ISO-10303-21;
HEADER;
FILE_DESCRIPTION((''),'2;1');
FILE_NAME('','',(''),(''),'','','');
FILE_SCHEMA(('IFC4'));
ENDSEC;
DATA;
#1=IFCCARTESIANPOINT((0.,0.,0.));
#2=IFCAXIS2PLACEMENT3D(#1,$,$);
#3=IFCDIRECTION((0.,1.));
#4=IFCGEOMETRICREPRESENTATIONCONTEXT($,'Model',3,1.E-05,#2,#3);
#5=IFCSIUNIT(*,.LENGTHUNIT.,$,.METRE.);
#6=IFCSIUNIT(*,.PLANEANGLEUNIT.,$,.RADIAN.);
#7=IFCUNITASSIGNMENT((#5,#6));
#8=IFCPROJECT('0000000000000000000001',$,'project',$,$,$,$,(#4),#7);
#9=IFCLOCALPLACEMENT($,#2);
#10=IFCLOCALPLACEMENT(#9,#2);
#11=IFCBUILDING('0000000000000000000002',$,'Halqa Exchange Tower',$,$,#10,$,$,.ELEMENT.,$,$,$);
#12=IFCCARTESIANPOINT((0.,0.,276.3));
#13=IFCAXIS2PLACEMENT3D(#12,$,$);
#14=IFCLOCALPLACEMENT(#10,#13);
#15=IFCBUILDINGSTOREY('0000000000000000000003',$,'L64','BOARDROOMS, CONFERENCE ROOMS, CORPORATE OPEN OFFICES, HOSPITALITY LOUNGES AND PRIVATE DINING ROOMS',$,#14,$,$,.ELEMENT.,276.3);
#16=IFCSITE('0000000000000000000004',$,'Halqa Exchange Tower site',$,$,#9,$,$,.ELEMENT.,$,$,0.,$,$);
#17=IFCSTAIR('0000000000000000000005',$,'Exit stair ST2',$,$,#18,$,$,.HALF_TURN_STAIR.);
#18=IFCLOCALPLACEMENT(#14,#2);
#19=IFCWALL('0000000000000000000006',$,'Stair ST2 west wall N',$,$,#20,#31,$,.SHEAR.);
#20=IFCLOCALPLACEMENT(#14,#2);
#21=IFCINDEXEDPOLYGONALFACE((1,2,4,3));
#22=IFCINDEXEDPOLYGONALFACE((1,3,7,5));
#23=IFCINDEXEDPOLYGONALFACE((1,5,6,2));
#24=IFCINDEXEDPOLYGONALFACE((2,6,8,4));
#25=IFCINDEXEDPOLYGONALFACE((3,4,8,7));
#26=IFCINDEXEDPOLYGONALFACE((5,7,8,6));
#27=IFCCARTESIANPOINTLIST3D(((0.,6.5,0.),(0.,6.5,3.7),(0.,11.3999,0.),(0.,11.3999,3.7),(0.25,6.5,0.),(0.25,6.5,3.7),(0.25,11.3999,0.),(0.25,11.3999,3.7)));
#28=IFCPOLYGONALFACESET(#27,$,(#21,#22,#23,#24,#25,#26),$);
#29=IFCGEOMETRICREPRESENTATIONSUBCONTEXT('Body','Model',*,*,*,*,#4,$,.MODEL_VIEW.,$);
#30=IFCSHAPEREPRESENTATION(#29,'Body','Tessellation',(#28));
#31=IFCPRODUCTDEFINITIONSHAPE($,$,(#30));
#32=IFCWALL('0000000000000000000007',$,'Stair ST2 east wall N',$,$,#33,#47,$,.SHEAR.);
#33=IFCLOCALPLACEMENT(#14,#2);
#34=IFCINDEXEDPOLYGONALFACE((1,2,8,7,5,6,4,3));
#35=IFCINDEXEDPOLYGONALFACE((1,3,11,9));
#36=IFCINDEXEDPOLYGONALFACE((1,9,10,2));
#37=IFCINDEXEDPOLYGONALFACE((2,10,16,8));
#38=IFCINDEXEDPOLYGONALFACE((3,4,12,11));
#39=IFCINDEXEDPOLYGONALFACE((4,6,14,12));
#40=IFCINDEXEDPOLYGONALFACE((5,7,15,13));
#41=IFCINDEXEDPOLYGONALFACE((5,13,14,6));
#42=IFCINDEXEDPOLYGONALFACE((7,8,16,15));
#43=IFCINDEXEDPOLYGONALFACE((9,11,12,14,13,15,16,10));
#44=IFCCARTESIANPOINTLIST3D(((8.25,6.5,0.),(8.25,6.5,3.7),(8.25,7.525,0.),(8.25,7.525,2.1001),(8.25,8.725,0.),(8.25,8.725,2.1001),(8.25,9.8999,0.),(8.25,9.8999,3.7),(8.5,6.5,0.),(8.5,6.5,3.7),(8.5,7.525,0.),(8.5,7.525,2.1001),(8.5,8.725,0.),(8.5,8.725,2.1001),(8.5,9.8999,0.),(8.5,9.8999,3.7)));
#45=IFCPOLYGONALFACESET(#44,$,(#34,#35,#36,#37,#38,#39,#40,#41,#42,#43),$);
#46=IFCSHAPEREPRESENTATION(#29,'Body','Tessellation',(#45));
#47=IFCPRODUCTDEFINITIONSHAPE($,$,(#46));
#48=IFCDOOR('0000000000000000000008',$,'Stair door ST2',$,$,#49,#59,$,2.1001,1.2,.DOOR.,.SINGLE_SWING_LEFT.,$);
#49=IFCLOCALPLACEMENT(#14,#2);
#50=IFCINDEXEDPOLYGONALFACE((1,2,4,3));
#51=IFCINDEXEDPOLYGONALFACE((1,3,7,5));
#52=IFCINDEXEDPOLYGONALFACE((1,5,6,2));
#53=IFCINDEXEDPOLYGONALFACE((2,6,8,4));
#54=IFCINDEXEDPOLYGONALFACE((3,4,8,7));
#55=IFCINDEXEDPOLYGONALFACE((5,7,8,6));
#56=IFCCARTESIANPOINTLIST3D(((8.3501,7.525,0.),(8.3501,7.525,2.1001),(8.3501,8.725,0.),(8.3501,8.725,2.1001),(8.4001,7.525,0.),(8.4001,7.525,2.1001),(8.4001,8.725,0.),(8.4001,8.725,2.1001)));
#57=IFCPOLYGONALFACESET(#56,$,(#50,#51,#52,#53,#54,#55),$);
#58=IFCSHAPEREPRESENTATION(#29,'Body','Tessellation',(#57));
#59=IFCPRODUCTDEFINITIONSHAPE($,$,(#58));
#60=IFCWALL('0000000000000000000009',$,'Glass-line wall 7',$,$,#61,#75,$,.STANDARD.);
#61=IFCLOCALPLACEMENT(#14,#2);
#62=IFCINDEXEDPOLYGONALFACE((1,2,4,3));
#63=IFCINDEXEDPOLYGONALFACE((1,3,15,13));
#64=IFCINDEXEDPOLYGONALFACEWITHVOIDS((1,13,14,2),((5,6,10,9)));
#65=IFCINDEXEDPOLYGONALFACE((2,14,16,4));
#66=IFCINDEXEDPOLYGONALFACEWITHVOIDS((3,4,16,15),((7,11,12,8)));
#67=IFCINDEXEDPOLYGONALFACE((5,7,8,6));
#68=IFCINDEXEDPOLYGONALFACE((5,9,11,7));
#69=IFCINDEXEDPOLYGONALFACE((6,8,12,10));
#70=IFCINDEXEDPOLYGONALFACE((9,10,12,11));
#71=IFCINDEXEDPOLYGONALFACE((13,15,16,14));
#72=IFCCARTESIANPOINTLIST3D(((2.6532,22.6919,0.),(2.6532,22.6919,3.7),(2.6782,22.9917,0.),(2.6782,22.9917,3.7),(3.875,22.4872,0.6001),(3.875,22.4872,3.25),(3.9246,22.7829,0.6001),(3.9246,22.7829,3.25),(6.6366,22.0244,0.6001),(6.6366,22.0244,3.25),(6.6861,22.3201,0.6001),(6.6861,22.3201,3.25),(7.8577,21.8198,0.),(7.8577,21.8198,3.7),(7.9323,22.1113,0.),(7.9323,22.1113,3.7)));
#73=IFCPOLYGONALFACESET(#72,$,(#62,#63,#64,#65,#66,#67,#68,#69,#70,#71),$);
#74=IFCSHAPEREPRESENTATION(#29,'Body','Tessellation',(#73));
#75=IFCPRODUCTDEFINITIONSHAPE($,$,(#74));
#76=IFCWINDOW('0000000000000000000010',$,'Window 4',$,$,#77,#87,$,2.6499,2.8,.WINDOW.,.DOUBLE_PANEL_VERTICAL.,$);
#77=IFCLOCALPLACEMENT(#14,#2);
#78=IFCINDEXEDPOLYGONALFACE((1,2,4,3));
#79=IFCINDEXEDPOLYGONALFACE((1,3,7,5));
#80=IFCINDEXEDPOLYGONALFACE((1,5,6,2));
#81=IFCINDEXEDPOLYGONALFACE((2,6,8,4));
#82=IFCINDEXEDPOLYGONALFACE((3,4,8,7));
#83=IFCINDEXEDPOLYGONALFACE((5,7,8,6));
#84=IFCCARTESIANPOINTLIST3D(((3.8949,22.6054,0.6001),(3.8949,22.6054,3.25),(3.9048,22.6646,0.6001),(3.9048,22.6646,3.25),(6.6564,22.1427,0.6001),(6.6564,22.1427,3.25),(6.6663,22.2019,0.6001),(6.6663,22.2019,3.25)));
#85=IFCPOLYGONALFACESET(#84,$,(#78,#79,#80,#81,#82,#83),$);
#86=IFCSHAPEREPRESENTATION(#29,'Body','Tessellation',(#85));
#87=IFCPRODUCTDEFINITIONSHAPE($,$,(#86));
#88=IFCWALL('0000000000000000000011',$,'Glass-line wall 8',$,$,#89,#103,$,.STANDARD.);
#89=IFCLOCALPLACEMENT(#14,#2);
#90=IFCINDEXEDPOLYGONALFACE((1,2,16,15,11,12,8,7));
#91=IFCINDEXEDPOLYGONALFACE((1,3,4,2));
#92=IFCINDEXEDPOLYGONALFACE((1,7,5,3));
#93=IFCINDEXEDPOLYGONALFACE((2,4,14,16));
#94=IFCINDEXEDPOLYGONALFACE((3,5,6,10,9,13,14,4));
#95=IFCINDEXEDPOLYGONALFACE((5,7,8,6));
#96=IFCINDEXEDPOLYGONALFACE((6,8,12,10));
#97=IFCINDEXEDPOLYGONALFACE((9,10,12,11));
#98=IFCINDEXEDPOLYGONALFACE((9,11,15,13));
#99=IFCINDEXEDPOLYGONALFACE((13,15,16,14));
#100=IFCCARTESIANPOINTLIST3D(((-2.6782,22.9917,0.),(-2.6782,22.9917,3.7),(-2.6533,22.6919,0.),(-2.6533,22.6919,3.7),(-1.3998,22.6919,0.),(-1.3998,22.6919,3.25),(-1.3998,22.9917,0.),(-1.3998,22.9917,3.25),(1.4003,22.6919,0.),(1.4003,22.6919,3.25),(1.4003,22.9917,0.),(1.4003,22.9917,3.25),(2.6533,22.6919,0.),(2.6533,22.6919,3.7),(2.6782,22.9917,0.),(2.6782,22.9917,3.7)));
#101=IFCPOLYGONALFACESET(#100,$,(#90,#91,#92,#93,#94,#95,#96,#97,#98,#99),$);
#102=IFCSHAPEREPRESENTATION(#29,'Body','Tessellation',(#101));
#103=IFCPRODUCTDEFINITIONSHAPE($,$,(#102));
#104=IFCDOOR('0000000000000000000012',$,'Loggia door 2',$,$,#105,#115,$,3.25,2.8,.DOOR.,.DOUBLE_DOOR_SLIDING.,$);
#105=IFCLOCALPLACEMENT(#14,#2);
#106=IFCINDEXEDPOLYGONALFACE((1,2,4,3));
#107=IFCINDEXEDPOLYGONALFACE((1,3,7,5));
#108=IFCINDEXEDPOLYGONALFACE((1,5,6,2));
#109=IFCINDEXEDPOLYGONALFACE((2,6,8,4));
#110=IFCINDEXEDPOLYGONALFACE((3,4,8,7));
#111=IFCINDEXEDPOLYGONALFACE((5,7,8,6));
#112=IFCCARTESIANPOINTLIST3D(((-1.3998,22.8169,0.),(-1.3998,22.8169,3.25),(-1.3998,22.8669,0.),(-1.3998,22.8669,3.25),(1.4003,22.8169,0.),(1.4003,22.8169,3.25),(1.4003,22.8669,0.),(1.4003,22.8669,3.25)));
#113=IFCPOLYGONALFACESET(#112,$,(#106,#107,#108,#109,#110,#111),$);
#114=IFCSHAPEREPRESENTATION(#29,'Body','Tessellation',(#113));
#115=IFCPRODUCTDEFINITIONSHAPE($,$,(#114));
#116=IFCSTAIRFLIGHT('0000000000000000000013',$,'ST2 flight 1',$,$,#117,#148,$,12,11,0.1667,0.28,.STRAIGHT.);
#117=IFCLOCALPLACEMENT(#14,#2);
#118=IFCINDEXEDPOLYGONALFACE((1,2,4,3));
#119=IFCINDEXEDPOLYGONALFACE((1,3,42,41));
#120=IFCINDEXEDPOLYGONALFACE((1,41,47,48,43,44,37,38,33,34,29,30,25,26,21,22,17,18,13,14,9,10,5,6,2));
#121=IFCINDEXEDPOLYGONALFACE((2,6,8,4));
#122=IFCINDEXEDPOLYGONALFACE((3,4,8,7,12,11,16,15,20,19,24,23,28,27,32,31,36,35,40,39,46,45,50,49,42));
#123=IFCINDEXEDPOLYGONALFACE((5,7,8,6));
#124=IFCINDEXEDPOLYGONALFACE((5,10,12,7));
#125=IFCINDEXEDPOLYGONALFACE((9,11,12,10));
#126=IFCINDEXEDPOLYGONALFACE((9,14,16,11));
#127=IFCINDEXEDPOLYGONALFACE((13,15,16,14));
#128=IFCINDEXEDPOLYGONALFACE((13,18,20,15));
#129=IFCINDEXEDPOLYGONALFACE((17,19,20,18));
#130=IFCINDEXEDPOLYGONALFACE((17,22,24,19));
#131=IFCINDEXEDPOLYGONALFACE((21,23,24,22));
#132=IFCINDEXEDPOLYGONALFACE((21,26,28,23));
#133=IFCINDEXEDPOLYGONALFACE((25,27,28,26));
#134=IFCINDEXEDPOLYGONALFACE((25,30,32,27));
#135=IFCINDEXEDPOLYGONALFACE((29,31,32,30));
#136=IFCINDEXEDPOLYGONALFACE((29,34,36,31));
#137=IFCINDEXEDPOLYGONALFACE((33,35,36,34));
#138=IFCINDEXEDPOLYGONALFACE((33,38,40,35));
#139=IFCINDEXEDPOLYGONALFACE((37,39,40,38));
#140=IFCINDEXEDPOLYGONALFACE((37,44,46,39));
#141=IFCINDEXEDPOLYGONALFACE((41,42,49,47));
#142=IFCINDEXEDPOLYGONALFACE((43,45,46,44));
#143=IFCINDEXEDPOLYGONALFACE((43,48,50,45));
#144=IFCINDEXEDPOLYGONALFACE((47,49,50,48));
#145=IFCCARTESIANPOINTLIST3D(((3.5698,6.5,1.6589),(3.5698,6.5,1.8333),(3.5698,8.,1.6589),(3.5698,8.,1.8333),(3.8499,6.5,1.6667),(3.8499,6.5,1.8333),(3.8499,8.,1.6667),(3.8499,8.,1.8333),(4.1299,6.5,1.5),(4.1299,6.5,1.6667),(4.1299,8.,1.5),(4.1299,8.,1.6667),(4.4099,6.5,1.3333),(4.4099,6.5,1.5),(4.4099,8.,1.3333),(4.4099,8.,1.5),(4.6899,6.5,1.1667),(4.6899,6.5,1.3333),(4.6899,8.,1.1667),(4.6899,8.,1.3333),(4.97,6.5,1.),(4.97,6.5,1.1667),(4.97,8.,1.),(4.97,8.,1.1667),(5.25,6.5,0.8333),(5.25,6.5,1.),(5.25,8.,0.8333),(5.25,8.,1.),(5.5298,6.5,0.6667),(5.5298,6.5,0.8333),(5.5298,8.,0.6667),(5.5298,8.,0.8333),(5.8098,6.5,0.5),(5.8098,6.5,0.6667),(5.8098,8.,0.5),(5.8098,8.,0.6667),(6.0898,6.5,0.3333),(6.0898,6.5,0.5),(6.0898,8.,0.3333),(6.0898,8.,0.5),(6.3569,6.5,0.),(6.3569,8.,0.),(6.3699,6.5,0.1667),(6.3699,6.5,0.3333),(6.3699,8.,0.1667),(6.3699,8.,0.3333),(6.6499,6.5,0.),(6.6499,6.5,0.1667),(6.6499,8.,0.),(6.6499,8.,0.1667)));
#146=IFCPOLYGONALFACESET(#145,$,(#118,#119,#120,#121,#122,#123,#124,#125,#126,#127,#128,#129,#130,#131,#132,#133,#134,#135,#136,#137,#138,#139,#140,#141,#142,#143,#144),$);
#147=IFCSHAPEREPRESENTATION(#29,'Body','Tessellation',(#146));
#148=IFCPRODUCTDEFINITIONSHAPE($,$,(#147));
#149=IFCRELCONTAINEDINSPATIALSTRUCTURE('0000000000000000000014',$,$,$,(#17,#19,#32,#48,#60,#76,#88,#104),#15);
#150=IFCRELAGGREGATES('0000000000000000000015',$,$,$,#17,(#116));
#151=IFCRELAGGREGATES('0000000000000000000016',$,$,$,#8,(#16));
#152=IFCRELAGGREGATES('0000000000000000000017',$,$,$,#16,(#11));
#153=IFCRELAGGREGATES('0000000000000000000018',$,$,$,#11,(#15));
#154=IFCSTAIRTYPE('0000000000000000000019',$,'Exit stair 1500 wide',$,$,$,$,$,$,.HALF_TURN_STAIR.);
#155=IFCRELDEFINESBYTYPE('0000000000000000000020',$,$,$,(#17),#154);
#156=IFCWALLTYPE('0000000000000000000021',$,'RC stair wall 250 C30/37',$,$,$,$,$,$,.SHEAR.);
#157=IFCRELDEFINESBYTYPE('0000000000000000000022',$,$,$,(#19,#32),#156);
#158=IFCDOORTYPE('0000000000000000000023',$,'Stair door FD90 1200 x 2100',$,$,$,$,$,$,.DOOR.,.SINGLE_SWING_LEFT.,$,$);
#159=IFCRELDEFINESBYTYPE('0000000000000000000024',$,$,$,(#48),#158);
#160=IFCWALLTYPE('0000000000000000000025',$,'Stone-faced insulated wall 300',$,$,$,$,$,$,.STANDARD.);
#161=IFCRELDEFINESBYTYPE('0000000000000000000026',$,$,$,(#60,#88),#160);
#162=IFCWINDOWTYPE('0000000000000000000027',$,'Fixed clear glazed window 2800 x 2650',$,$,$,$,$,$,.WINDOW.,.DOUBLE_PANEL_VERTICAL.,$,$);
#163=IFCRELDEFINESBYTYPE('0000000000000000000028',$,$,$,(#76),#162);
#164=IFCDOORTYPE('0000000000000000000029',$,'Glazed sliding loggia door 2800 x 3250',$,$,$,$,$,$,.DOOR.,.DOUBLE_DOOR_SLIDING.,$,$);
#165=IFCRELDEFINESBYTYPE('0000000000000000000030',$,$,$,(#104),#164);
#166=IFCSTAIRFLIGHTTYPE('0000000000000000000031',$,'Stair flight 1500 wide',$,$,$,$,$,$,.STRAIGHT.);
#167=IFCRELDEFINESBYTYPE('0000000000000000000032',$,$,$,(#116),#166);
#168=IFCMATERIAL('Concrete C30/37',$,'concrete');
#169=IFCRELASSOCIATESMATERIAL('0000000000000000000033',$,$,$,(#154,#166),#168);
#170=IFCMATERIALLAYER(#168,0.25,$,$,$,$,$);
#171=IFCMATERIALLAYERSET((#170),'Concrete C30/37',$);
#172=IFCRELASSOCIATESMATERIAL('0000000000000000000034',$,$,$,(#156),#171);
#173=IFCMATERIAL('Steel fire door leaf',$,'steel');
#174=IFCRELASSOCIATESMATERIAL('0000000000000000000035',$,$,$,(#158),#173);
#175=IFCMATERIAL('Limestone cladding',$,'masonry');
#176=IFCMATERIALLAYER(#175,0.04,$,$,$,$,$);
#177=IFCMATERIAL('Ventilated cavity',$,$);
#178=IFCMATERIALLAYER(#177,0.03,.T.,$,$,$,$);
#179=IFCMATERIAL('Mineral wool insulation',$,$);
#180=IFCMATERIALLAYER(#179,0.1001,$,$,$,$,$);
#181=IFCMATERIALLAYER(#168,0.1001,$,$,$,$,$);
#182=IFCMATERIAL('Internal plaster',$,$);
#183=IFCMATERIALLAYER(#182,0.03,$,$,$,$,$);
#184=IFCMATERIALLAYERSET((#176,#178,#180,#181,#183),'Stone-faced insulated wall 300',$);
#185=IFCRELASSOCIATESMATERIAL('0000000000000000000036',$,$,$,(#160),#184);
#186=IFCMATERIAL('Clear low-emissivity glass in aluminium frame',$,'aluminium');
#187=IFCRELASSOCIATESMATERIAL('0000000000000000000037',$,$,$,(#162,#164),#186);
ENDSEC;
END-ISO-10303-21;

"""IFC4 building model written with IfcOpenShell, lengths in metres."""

from ifc_helpers import new_model, si_unit, direction, frame, frame_2d, origin, place, context, subcontext, project, spatial, polyline, rectangle, outline, extrude, material, layer, layer_set, type_object, element, fill, aggregate, save


model = new_model("IFC4")

# Units and contexts
model_context = context("Model", 3, precision=1e-05, world=origin(), true_north=direction((0.0, 1.0)))
body_context = subcontext(model_context, "Body", "Model", "MODEL_VIEW")
ifc_project = project(units=[si_unit("LENGTHUNIT", "METRE"), si_unit("PLANEANGLEUNIT", "RADIAN")], contexts=[model_context])

# Site, building, storey
site_placement = place(None, origin())
site = spatial("IfcSite", under=ifc_project, at=site_placement, Name="Halqa Exchange Tower site", CompositionType="ELEMENT", RefElevation=0.0)
building_placement = place(site_placement, origin())
building = spatial("IfcBuilding", under=site, at=building_placement, Name="Halqa Exchange Tower", CompositionType="ELEMENT")
storey_placement = place(building_placement, frame((0.0, 0.0, 276.3)))
storey = spatial("IfcBuildingStorey", under=building, at=storey_placement, Name="L64", Description="BOARDROOMS, CONFERENCE ROOMS, CORPORATE OPEN OFFICES, HOSPITALITY LOUNGES AND PRIVATE DINING ROOMS", CompositionType="ELEMENT", Elevation=276.3)

# Stair
ifc_material_1 = material(Name="Concrete C30/37", Category="concrete")
stair_type = type_object("IfcStairType", Name="Exit stair 1500 wide", PredefinedType="HALF_TURN_STAIR", material=ifc_material_1)
stair_1_placement = place(storey_placement, origin())
stair_1 = element("IfcStair", 1, at=stair_1_placement, inside=storey, type_object=stair_type, Name="Exit stair ST2", PredefinedType="HALF_TURN_STAIR")

# Wall
ifc_layer_1 = layer(ifc_material_1, 0.25)
ifc_layer_set_1 = layer_set([ifc_layer_1], Name="Concrete C30/37")
wall_type_1 = type_object("IfcWallType", Name="RC stair wall 250 C30/37", PredefinedType="SHEAR", material=ifc_layer_set_1)
wall_1_placement = place(storey_placement, frame((0.125, 6.5, 0.0), z_axis=(0.0, 0.0, 1.0), x_axis=(0.0, 1.0, 0.0)))
element("IfcWall", 2, at=wall_1_placement, inside=storey, type_object=wall_type_1, Name="Stair ST2 west wall N", PredefinedType="SHEAR", context=body_context, shape_type="SweptSolid", body=[
    extrude(rectangle(XDim=4.8999, YDim=0.25, at=frame_2d((2.45, 0.0))), origin(), (0.0, 0.0, 1.0), 3.7),
])

# Wall, opening, door
wall_2_placement = place(storey_placement, frame((8.375, 6.5, 0.0), z_axis=(0.0, 0.0, 1.0), x_axis=(0.0, 1.0, 0.0)))
wall_2 = element("IfcWall", 3, at=wall_2_placement, inside=storey, type_object=wall_type_1, Name="Stair ST2 east wall N", PredefinedType="SHEAR", context=body_context, shape_type="SweptSolid", body=[
    extrude(rectangle(XDim=3.3999, YDim=0.25, at=frame_2d((1.7, 0.0))), origin(), (0.0, 0.0, 1.0), 3.7),
])
opening_1_placement = place(wall_2_placement, frame((1.0249, 0.0, 0.0)))
opening_1 = element("IfcOpeningElement", 4, at=opening_1_placement, cuts=wall_2, PredefinedType="OPENING", context=body_context, shape_type="SweptSolid", body=[
    extrude(rectangle(XDim=1.2, YDim=2.1001, at=frame_2d((0.6001, 1.05))), frame((0.0, 0.137, 0.0), z_axis=(0.0, -1.0, 0.0), x_axis=(1.0, 0.0, 0.0)), (0.0, 0.0, 1.0), 0.2739),
])
ifc_material_2 = material(Name="Steel fire door leaf", Category="steel")
door_type_1 = type_object("IfcDoorType", Name="Stair door FD90 1200 x 2100", OperationType="SINGLE_SWING_LEFT", PredefinedType="DOOR", material=ifc_material_2)
door_1_placement = place(opening_1_placement, origin())
door_1 = element("IfcDoor", 5, at=door_1_placement, inside=storey, type_object=door_type_1, Name="Stair door ST2", OperationType="SINGLE_SWING_LEFT", OverallHeight=2.1001, OverallWidth=1.2, PredefinedType="DOOR", context=body_context, shape_type="SweptSolid", body=[
    extrude(rectangle(XDim=1.2, YDim=2.1001, at=frame_2d((0.6001, 1.05))), frame((0.0, 0.0249, 0.0), z_axis=(0.0, -1.0, 0.0), x_axis=(1.0, 0.0, 0.0)), (0.0, 0.0, 1.0), 0.05),
])
fill(opening_1, door_1)

# Wall, opening, window
ifc_material_3 = material(Name="Limestone cladding", Category="masonry")
ifc_layer_2 = layer(ifc_material_3, 0.04)
ifc_material_4 = material(Name="Ventilated cavity")
ifc_layer_3 = layer(ifc_material_4, 0.03, ventilated=True)
ifc_material_5 = material(Name="Mineral wool insulation")
ifc_layer_4 = layer(ifc_material_5, 0.1001)
ifc_layer_5 = layer(ifc_material_1, 0.1001)
ifc_material_6 = material(Name="Internal plaster")
ifc_layer_6 = layer(ifc_material_6, 0.03)
ifc_layer_set_2 = layer_set([ifc_layer_2, ifc_layer_3, ifc_layer_4, ifc_layer_5, ifc_layer_6], Name="Stone-faced insulated wall 300")
wall_type_2 = type_object("IfcWallType", Name="Stone-faced insulated wall 300", PredefinedType="STANDARD", material=ifc_layer_set_2)
wall_3_placement = place(storey_placement, frame((7.895, 21.9656, 0.0), z_axis=(0.0, 0.0, 1.0), x_axis=(-0.98625, 0.165258, 0.0)))
wall_3 = element("IfcWall", 6, at=wall_3_placement, inside=storey, type_object=wall_type_2, Name="Glass-line wall 7", PredefinedType="STANDARD", context=body_context, shape_type="SweptSolid", body=[
    extrude(outline(polyline([(-0.0127, -0.1499), (5.3147, -0.1499), (5.2898, 0.1499), (0.0127, 0.1499), (-0.0127, -0.1499)])), origin(), (0.0, 0.0, 1.0), 3.7),
])
opening_2_placement = place(wall_3_placement, frame((1.251, 0.0, 0.6001)))
opening_2 = element("IfcOpeningElement", 7, at=opening_2_placement, cuts=wall_3, PredefinedType="OPENING", context=body_context, shape_type="SweptSolid", body=[
    extrude(rectangle(XDim=2.8, YDim=2.6499, at=frame_2d((1.3999, 1.325))), frame((0.0, 0.1621, 0.0), z_axis=(0.0, -1.0, 0.0), x_axis=(1.0, 0.0, 0.0)), (0.0, 0.0, 1.0), 0.324),
])
ifc_material_7 = material(Name="Clear low-emissivity glass in aluminium frame", Category="aluminium")
window_type = type_object("IfcWindowType", Name="Fixed clear glazed window 2800 x 2650", PartitioningType="DOUBLE_PANEL_VERTICAL", PredefinedType="WINDOW", material=ifc_material_7)
window_placement = place(opening_2_placement, origin())
window = element("IfcWindow", 8, at=window_placement, inside=storey, type_object=window_type, Name="Window 4", OverallHeight=2.6499, OverallWidth=2.8, PartitioningType="DOUBLE_PANEL_VERTICAL", PredefinedType="WINDOW", context=body_context, shape_type="SweptSolid", body=[
    extrude(rectangle(XDim=2.8, YDim=2.6499, at=frame_2d((1.3999, 1.325))), frame((0.0, 0.03, 0.0), z_axis=(0.0, -1.0, 0.0), x_axis=(1.0, 0.0, 0.0)), (0.0, 0.0, 1.0), 0.0601),
])
fill(opening_2, window)

# Wall, opening, door
wall_4_placement = place(storey_placement, frame((2.6658, 22.8418, 0.0), z_axis=(0.0, 0.0, 1.0), x_axis=(-1.0, 0.0, 0.0)))
wall_4 = element("IfcWall", 9, at=wall_4_placement, inside=storey, type_object=wall_type_2, Name="Glass-line wall 8", PredefinedType="STANDARD", context=body_context, shape_type="SweptSolid", body=[
    extrude(outline(polyline([(-0.0125, -0.1499), (5.344, -0.1499), (5.3191, 0.1499), (0.0125, 0.1499), (-0.0125, -0.1499)])), origin(), (0.0, 0.0, 1.0), 3.7),
])
opening_3_placement = place(wall_4_placement, frame((1.2656, 0.0, 0.0)))
opening_3 = element("IfcOpeningElement", 10, at=opening_3_placement, cuts=wall_4, PredefinedType="OPENING", context=body_context, shape_type="SweptSolid", body=[
    extrude(rectangle(XDim=2.8, YDim=3.25, at=frame_2d((1.3999, 1.625))), frame((0.0, 0.1621, 0.0), z_axis=(0.0, -1.0, 0.0), x_axis=(1.0, 0.0, 0.0)), (0.0, 0.0, 1.0), 0.324),
])
door_type_2 = type_object("IfcDoorType", Name="Glazed sliding loggia door 2800 x 3250", OperationType="DOUBLE_DOOR_SLIDING", PredefinedType="DOOR", material=ifc_material_7)
door_2_placement = place(opening_3_placement, origin())
door_2 = element("IfcDoor", 11, at=door_2_placement, inside=storey, type_object=door_type_2, Name="Loggia door 2", OperationType="DOUBLE_DOOR_SLIDING", OverallHeight=3.25, OverallWidth=2.8, PredefinedType="DOOR", context=body_context, shape_type="SweptSolid", body=[
    extrude(rectangle(XDim=2.8, YDim=3.25, at=frame_2d((1.3999, 1.625))), frame((0.0, 0.0249, 0.0), z_axis=(0.0, -1.0, 0.0), x_axis=(1.0, 0.0, 0.0)), (0.0, 0.0, 1.0), 0.05),
])
fill(opening_3, door_2)

# Stair flight
stair_flight_type = type_object("IfcStairFlightType", Name="Stair flight 1500 wide", PredefinedType="STRAIGHT", material=ifc_material_1)
stair_flight_1_placement = place(storey_placement, frame((6.6499, 7.25, 0.0), z_axis=(0.0, 0.0, 1.0), x_axis=(-1.0, 0.0, 0.0)))
stair_flight_1 = element("IfcStairFlight", 12, at=stair_flight_1_placement, type_object=stair_flight_type, Name="ST2 flight 1", NumberOfRisers=12, NumberOfTreads=11, PredefinedType="STRAIGHT", RiserHeight=0.1667, TreadLength=0.28, context=body_context, shape_type="SweptSolid", body=[
    extrude(outline(polyline([(0.0, 0.0), (0.0, 0.1667), (0.28, 0.1667), (0.28, 0.3333), (0.5601, 0.3333), (0.5601, 0.5), (0.8401, 0.5), (0.8401, 0.6667), (1.1201, 0.6667), (1.1201, 0.8333), (1.3999, 0.8333), (1.3999, 1.0), (1.6799, 1.0), (1.6799, 1.1667), (1.96, 1.1667), (1.96, 1.3333), (2.24, 1.3333), (2.24, 1.5), (2.52, 1.5), (2.52, 1.6667), (2.8, 1.6667), (2.8, 1.8333), (3.0801, 1.8333), (3.0801, 2.0), (3.0801, 1.6589), (0.293, 0.0), (0.0, 0.0)])), frame((0.0, 0.75, 0.0), z_axis=(0.0, -1.0, 0.0), x_axis=(1.0, 0.0, 0.0)), (0.0, 0.0, 1.0), 1.5),
])
aggregate(stair_1, [stair_flight_1])

save(model, "model.ifc")
